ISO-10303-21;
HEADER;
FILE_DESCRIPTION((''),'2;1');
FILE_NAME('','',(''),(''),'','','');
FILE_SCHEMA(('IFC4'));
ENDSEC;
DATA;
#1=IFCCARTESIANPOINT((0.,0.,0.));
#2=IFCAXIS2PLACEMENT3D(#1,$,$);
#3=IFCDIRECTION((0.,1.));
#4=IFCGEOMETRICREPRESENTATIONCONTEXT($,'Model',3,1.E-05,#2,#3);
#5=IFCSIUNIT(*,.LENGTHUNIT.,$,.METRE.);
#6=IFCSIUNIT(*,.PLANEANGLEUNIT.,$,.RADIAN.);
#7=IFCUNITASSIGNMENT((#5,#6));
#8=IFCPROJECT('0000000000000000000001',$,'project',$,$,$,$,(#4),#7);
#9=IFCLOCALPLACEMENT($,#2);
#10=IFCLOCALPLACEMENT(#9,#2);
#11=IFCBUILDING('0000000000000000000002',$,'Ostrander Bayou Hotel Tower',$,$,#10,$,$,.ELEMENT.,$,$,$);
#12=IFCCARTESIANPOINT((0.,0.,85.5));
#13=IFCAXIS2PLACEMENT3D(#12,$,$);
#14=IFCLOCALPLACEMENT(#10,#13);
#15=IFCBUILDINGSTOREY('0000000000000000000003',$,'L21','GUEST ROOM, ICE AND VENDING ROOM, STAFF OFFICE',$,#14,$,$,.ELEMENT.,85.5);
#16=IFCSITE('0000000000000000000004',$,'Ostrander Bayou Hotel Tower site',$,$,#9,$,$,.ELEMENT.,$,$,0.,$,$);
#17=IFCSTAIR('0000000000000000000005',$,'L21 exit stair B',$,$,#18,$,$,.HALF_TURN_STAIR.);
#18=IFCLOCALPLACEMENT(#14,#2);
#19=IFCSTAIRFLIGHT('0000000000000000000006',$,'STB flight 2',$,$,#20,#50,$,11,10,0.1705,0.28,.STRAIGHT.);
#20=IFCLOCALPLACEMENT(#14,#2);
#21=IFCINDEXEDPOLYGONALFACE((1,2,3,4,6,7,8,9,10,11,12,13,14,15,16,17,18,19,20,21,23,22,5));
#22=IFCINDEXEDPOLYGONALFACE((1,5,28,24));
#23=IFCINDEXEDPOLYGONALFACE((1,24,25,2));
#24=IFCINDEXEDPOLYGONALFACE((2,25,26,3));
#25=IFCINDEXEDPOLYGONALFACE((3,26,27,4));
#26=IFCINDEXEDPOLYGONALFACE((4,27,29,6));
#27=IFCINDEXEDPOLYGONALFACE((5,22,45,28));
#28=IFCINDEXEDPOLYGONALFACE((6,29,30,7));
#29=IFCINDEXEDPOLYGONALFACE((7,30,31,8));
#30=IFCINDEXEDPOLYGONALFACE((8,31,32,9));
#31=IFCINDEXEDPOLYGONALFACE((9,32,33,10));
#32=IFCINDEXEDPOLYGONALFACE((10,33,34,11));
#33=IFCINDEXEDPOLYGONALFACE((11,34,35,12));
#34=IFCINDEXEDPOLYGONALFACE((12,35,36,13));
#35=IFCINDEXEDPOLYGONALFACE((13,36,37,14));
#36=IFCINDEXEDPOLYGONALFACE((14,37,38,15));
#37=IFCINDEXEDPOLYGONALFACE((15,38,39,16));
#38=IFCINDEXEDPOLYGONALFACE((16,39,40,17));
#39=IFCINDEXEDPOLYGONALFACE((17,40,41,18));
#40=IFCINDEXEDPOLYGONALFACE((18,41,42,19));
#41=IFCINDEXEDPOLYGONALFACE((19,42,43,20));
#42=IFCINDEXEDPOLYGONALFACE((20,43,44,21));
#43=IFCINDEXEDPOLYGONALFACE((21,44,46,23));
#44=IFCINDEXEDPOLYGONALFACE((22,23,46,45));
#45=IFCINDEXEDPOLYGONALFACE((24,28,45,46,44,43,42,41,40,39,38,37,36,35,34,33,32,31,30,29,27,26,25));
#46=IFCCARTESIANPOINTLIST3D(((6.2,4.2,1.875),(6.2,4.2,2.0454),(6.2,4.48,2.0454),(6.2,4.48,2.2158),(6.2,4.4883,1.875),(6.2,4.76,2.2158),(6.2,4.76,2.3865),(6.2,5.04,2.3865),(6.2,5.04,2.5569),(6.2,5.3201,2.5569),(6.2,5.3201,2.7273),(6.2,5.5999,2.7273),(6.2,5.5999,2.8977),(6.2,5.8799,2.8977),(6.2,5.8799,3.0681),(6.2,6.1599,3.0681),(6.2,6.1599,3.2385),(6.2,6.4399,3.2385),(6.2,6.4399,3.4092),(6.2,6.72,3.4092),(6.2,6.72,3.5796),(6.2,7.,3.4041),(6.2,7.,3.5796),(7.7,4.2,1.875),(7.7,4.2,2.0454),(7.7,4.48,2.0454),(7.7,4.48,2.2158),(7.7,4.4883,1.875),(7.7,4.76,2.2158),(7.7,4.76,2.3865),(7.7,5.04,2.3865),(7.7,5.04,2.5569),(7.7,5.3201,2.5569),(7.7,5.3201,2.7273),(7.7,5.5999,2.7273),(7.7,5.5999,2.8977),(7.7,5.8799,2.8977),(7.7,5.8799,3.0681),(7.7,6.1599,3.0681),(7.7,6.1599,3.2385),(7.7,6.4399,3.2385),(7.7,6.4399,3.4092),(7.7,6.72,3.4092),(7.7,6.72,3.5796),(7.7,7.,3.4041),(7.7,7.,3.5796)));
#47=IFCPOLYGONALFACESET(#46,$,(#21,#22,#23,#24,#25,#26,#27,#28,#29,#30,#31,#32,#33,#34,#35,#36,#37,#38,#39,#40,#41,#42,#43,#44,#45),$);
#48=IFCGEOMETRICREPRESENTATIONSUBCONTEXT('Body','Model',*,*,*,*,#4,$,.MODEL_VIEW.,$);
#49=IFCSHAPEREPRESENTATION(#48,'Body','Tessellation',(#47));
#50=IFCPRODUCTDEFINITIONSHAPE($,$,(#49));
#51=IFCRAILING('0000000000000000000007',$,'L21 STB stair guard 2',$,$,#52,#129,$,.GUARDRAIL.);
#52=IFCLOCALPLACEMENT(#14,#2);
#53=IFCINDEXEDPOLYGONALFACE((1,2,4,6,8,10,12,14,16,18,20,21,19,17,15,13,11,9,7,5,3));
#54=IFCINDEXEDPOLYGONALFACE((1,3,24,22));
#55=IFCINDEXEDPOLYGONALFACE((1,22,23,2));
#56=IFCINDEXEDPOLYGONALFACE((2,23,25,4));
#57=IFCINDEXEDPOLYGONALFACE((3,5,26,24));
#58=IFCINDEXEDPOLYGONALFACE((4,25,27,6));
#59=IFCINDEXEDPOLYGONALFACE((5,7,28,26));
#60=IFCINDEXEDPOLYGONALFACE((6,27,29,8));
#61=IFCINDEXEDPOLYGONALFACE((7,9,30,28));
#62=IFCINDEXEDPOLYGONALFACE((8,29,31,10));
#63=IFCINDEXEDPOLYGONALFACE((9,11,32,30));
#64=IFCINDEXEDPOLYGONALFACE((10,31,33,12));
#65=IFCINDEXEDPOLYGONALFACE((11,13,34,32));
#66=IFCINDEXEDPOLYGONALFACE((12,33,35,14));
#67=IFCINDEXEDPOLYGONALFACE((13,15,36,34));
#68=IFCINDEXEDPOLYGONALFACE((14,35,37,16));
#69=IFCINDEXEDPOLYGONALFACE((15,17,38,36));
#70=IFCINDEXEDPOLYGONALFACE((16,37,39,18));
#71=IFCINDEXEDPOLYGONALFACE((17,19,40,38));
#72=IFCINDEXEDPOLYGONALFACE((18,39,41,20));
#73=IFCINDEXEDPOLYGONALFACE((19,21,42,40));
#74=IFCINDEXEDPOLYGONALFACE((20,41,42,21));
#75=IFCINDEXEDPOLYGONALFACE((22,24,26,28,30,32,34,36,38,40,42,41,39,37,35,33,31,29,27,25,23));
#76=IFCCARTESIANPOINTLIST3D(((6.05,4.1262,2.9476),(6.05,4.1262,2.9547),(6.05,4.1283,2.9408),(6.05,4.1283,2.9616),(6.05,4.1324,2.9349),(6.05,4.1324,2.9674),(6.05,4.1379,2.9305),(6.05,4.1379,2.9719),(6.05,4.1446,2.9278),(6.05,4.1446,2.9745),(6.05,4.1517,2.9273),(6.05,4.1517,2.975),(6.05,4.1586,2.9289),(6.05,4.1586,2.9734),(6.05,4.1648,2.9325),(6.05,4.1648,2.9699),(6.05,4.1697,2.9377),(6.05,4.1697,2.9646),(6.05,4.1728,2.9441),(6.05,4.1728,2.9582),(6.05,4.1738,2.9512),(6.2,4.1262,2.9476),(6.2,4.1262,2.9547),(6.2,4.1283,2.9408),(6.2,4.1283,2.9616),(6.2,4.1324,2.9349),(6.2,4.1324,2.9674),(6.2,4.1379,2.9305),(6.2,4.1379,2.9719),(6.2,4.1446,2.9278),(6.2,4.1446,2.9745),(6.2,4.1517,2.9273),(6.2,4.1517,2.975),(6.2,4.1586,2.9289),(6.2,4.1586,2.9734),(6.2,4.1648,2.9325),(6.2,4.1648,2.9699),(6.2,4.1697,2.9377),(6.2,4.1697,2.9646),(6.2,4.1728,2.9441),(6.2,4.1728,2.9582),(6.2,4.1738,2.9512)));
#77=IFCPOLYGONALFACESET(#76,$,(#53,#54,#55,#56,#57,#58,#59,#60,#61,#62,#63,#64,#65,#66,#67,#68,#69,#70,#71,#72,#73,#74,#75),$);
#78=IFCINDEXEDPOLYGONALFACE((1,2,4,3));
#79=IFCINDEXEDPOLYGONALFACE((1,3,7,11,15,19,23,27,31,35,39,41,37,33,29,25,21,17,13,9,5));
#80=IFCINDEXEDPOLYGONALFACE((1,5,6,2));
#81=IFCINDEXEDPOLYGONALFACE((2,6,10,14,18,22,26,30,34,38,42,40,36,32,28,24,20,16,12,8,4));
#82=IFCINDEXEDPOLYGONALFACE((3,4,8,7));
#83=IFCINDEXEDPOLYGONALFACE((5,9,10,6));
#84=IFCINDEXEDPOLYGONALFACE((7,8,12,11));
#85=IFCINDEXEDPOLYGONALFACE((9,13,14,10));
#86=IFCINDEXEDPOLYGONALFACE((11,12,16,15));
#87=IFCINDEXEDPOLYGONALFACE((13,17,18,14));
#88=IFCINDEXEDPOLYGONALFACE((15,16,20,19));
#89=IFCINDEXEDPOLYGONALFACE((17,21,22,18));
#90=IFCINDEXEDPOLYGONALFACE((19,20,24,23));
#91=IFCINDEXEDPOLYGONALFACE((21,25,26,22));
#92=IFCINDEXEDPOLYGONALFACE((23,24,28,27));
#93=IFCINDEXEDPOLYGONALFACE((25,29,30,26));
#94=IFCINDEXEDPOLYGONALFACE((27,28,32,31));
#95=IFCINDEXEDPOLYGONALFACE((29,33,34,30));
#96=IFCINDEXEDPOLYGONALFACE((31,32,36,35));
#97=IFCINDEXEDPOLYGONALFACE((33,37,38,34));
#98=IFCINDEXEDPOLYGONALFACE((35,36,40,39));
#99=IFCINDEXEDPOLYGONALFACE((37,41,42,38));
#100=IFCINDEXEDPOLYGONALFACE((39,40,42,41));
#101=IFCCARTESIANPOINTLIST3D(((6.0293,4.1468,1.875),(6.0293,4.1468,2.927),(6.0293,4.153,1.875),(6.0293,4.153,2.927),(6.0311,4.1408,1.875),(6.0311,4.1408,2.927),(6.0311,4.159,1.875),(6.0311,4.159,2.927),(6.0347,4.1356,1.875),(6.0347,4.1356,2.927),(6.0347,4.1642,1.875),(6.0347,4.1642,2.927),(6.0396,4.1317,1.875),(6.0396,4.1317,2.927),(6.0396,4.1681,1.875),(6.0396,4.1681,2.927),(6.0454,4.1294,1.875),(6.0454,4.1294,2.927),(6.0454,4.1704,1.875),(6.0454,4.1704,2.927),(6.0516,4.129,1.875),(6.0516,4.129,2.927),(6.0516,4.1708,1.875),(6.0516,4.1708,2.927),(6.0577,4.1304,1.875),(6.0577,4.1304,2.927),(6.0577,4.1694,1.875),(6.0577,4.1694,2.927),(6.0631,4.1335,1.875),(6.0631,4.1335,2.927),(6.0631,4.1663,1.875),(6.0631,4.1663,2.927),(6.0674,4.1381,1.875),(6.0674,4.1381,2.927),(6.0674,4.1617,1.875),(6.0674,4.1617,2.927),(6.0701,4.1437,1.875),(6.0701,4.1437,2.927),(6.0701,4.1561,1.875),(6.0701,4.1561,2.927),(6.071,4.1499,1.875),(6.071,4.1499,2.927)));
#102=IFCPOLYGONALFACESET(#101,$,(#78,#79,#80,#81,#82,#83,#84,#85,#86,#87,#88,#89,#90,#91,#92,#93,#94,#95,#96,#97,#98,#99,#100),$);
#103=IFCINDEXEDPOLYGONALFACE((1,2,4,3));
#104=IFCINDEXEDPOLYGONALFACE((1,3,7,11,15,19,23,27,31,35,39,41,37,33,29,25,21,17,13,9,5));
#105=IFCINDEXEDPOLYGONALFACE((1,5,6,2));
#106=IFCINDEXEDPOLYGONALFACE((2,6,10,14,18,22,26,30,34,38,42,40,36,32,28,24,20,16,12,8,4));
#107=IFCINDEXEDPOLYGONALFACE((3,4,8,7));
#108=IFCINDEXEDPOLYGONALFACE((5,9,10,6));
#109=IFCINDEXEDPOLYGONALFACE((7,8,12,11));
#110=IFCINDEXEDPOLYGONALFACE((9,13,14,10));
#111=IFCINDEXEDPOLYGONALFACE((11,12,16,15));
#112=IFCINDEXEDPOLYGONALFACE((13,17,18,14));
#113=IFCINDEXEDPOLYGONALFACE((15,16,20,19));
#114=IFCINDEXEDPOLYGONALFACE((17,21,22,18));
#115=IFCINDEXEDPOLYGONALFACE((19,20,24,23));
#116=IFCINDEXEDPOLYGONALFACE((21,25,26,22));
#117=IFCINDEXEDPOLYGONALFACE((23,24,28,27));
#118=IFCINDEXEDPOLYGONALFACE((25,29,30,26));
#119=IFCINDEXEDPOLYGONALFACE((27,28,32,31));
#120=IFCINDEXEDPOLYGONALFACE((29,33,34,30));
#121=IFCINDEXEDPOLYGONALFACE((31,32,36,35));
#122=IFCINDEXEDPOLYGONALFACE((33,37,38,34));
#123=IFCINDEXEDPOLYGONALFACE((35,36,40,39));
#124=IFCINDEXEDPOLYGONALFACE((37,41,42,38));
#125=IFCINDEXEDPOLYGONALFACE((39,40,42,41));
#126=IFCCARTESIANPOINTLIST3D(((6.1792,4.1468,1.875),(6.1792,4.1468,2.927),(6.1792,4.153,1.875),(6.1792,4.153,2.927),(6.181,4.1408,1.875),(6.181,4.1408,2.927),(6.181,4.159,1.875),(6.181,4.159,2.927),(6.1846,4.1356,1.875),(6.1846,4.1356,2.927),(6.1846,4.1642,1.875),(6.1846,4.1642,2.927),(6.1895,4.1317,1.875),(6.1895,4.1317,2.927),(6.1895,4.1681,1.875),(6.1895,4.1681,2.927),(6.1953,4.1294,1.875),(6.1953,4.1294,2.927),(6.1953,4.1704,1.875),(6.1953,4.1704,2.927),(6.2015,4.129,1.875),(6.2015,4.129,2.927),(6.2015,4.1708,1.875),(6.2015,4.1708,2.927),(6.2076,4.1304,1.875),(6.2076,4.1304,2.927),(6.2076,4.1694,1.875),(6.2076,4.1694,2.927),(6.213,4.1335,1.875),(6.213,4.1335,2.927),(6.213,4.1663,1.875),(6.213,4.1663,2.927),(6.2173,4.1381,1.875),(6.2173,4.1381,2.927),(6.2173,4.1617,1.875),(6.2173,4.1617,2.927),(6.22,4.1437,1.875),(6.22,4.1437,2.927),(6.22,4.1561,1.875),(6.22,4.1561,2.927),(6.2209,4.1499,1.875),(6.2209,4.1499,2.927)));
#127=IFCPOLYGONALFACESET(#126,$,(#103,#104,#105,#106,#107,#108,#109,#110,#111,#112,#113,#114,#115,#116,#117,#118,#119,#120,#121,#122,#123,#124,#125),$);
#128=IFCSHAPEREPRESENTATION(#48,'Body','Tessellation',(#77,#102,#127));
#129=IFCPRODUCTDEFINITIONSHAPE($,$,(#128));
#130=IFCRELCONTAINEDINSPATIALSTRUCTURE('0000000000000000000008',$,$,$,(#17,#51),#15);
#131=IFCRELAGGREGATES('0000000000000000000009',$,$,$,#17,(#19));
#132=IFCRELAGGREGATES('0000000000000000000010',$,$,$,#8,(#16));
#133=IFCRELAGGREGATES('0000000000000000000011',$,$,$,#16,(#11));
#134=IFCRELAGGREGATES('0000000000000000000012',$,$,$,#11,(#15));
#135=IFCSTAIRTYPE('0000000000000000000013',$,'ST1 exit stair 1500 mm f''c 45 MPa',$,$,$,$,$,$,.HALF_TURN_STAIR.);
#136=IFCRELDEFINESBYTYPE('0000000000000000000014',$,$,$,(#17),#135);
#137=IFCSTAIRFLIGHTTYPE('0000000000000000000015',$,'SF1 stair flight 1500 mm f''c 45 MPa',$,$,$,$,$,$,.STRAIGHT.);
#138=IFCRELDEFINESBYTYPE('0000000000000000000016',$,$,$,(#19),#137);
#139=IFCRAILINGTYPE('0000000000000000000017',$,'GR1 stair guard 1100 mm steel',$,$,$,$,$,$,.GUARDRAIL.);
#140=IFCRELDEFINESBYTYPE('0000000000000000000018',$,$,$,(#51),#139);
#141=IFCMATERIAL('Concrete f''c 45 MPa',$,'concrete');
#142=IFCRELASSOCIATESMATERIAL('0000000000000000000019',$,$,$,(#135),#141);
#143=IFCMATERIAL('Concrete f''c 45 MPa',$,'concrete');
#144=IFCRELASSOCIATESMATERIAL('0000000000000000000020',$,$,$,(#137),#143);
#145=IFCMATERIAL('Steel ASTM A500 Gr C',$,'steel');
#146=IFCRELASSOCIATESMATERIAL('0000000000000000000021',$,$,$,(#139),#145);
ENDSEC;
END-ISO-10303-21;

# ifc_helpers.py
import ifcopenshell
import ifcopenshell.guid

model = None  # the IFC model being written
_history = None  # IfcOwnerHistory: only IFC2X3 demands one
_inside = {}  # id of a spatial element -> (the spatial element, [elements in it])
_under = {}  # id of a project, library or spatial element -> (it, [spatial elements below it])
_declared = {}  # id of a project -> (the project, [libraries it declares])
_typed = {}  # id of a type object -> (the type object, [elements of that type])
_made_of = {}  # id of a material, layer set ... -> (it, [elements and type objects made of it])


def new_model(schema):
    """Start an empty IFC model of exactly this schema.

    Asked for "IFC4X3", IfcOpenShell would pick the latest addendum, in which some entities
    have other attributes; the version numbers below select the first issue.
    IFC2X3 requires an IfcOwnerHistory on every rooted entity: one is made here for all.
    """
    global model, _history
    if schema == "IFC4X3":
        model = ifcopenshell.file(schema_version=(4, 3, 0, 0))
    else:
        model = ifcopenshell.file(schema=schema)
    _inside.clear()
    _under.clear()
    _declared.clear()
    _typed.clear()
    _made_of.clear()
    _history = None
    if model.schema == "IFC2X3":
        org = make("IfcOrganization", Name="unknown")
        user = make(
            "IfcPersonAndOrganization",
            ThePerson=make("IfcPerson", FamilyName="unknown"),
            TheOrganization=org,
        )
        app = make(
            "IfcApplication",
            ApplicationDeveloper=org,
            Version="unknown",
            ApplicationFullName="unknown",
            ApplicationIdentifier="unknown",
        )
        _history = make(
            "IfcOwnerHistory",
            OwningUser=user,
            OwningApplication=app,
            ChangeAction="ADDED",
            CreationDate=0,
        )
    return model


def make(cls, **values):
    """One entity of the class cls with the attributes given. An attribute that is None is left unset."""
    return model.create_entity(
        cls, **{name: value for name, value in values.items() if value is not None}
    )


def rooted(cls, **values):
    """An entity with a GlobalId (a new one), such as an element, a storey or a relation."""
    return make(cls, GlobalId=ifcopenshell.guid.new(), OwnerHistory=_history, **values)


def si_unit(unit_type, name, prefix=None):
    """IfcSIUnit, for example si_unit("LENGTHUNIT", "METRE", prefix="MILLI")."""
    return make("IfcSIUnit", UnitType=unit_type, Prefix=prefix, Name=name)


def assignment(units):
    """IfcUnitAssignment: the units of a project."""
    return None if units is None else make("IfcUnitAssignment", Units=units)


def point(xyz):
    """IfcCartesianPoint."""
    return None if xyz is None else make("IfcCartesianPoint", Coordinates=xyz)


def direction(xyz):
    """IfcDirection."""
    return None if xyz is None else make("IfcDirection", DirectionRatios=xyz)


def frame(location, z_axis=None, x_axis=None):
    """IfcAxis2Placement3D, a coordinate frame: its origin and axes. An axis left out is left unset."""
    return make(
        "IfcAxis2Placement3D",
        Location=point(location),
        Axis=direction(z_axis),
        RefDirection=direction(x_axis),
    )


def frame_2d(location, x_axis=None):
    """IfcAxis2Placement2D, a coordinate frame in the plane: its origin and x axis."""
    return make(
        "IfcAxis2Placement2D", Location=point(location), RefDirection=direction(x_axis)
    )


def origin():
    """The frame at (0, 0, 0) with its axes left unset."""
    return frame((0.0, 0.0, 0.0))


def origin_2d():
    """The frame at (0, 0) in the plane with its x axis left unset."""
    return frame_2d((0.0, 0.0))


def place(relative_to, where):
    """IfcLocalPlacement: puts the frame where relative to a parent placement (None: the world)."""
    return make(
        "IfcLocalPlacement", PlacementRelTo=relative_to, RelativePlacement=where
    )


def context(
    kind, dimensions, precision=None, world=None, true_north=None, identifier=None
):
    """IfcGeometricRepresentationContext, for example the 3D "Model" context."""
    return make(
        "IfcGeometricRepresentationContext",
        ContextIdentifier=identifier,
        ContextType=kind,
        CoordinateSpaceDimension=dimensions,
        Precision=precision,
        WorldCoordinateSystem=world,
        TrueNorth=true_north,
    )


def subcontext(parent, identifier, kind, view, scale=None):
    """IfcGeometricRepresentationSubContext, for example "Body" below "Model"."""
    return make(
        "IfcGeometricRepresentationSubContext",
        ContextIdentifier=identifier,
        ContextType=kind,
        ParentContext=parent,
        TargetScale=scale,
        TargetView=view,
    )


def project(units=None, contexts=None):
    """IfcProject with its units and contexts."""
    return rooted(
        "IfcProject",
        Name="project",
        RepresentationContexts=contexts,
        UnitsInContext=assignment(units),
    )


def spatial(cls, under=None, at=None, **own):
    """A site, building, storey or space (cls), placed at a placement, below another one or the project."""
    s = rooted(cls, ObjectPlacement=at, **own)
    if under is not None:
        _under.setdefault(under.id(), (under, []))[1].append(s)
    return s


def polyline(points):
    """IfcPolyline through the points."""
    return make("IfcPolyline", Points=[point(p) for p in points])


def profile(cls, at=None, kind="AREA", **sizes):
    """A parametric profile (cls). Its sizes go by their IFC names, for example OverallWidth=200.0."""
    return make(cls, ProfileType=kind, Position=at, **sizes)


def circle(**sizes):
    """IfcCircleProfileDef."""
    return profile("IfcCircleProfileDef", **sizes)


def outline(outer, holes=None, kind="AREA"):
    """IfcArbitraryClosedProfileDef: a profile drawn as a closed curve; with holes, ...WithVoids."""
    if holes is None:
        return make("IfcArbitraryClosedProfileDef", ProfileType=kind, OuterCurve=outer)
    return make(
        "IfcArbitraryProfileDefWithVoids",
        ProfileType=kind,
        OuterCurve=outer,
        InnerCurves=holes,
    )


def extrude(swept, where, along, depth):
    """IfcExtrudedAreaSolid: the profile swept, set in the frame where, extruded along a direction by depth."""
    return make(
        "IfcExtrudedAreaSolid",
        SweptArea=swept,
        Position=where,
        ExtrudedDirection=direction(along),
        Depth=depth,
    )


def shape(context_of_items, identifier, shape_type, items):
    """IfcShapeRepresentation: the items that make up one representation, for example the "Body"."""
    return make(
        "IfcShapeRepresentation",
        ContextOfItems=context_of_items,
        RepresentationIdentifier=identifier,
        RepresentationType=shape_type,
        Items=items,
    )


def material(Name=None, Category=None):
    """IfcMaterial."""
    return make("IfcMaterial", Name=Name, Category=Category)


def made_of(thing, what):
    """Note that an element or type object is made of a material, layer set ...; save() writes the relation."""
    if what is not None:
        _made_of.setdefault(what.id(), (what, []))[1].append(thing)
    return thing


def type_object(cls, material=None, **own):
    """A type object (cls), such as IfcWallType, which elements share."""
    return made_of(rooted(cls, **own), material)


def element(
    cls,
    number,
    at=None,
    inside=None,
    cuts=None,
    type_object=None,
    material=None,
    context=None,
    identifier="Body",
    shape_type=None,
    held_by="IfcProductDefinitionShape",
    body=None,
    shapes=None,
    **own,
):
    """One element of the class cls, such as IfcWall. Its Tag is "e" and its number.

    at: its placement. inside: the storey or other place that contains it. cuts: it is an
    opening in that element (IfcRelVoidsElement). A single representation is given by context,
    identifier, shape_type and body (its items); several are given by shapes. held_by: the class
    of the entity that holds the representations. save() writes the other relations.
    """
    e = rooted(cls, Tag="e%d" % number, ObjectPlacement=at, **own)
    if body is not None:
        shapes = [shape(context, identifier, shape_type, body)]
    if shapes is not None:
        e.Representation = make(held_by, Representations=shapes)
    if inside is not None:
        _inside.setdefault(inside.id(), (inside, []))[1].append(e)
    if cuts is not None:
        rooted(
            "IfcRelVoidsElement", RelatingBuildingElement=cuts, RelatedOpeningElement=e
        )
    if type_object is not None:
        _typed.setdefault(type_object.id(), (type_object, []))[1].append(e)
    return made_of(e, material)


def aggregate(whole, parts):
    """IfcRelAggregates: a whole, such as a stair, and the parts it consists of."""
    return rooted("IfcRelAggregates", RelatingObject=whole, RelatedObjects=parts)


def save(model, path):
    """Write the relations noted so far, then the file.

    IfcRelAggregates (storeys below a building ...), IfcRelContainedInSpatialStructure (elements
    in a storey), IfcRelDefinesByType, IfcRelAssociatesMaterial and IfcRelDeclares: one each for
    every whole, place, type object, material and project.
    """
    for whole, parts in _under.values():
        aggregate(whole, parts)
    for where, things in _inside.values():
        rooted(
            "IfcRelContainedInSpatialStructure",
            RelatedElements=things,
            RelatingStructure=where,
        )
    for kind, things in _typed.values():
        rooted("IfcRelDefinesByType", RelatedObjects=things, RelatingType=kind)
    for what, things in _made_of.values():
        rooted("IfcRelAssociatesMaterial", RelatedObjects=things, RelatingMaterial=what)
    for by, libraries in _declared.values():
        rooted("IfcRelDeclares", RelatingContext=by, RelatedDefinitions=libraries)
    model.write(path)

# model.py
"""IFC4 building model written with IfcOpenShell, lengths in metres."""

from ifc_helpers import new_model, si_unit, direction, frame, origin, origin_2d, place, context, subcontext, project, spatial, polyline, circle, outline, extrude, material, type_object, element, aggregate, save


model = new_model("IFC4")

# Units and contexts
model_context = context("Model", 3, precision=1e-05, world=origin(), true_north=direction((0.0, 1.0)))
body_context = subcontext(model_context, "Body", "Model", "MODEL_VIEW")
ifc_project = project(units=[si_unit("LENGTHUNIT", "METRE"), si_unit("PLANEANGLEUNIT", "RADIAN")], contexts=[model_context])

# Site, building, storey
site_placement = place(None, origin())
site = spatial("IfcSite", under=ifc_project, at=site_placement, Name="Ostrander Bayou Hotel Tower site", CompositionType="ELEMENT", RefElevation=0.0)
building_placement = place(site_placement, origin())
building = spatial("IfcBuilding", under=site, at=building_placement, Name="Ostrander Bayou Hotel Tower", CompositionType="ELEMENT")
storey_placement = place(building_placement, frame((0.0, 0.0, 85.5)))
storey = spatial("IfcBuildingStorey", under=building, at=storey_placement, Name="L21", Description="GUEST ROOM, ICE AND VENDING ROOM, STAFF OFFICE", CompositionType="ELEMENT", Elevation=85.5)

# Stair, stair flight
ifc_material_1 = material(Name="Concrete f'c 45 MPa", Category="concrete")
stair_type = type_object("IfcStairType", Name="ST1 exit stair 1500 mm f'c 45 MPa", PredefinedType="HALF_TURN_STAIR", material=ifc_material_1)
stair_placement = place(storey_placement, origin())
stair = element("IfcStair", 1, at=stair_placement, inside=storey, type_object=stair_type, Name="L21 exit stair B", PredefinedType="HALF_TURN_STAIR")
ifc_material_2 = material(Name="Concrete f'c 45 MPa", Category="concrete")
stair_flight_type = type_object("IfcStairFlightType", Name="SF1 stair flight 1500 mm f'c 45 MPa", PredefinedType="STRAIGHT", material=ifc_material_2)
stair_flight_placement = place(storey_placement, frame((6.95, 4.2, 1.875), z_axis=(0.0, 0.0, 1.0), x_axis=(0.0, 1.0, 0.0)))
stair_flight = element("IfcStairFlight", 2, at=stair_flight_placement, type_object=stair_flight_type, Name="STB flight 2", NumberOfRisers=11, NumberOfTreads=10, PredefinedType="STRAIGHT", RiserHeight=0.1705, TreadLength=0.28, context=body_context, shape_type="SweptSolid", body=[
    extrude(outline(polyline([(0.0, 0.0), (0.0, 0.1704), (0.28, 0.1704), (0.28, 0.3408), (0.5601, 0.3408), (0.5601, 0.5115), (0.8401, 0.5115), (0.8401, 0.6819), (1.1201, 0.6819), (1.1201, 0.8523), (1.3999, 0.8523), (1.3999, 1.0227), (1.6799, 1.0227), (1.6799, 1.1931), (1.96, 1.1931), (1.96, 1.3635), (2.24, 1.3635), (2.24, 1.5342), (2.52, 1.5342), (2.52, 1.7046), (2.8, 1.7046), (2.8, 1.875), (2.8, 1.5291), (0.2883, 0.0), (0.0, 0.0)])), frame((0.0, 0.75, 0.0), z_axis=(0.0, -1.0, 0.0), x_axis=(1.0, 0.0, 0.0)), (0.0, 0.0, 1.0), 1.5),
])
aggregate(stair, [stair_flight])

# Railing
ifc_material_3 = material(Name="Steel ASTM A500 Gr C", Category="steel")
railing_type_1 = type_object("IfcRailingType", Name="GR1 stair guard 1100 mm steel", PredefinedType="GUARDRAIL", material=ifc_material_3)
railing_1_placement = place(storey_placement, frame((6.05, 4.1499, 1.875)))
element("IfcRailing", 3, at=railing_1_placement, inside=storey, type_object=railing_type_1, Name="L21 STB stair guard 2", PredefinedType="GUARDRAIL", context=body_context, shape_type="SweptSolid", body=[
    extrude(circle(Radius=0.0239, at=origin_2d()), frame((0.0, 0.0, 1.0762), z_axis=(1.0, 0.0, 0.0), x_axis=(0.0, 1.0, 0.0)), (0.0, 0.0, 1.0), 0.1499),
    extrude(circle(Radius=0.021, at=origin_2d()), origin(), (0.0, 0.0, 1.0), 1.052),
    extrude(circle(Radius=0.021, at=origin_2d()), frame((0.1499, 0.0, 0.0)), (0.0, 0.0, 1.0), 1.052),
])

save(model, "model.ifc")
